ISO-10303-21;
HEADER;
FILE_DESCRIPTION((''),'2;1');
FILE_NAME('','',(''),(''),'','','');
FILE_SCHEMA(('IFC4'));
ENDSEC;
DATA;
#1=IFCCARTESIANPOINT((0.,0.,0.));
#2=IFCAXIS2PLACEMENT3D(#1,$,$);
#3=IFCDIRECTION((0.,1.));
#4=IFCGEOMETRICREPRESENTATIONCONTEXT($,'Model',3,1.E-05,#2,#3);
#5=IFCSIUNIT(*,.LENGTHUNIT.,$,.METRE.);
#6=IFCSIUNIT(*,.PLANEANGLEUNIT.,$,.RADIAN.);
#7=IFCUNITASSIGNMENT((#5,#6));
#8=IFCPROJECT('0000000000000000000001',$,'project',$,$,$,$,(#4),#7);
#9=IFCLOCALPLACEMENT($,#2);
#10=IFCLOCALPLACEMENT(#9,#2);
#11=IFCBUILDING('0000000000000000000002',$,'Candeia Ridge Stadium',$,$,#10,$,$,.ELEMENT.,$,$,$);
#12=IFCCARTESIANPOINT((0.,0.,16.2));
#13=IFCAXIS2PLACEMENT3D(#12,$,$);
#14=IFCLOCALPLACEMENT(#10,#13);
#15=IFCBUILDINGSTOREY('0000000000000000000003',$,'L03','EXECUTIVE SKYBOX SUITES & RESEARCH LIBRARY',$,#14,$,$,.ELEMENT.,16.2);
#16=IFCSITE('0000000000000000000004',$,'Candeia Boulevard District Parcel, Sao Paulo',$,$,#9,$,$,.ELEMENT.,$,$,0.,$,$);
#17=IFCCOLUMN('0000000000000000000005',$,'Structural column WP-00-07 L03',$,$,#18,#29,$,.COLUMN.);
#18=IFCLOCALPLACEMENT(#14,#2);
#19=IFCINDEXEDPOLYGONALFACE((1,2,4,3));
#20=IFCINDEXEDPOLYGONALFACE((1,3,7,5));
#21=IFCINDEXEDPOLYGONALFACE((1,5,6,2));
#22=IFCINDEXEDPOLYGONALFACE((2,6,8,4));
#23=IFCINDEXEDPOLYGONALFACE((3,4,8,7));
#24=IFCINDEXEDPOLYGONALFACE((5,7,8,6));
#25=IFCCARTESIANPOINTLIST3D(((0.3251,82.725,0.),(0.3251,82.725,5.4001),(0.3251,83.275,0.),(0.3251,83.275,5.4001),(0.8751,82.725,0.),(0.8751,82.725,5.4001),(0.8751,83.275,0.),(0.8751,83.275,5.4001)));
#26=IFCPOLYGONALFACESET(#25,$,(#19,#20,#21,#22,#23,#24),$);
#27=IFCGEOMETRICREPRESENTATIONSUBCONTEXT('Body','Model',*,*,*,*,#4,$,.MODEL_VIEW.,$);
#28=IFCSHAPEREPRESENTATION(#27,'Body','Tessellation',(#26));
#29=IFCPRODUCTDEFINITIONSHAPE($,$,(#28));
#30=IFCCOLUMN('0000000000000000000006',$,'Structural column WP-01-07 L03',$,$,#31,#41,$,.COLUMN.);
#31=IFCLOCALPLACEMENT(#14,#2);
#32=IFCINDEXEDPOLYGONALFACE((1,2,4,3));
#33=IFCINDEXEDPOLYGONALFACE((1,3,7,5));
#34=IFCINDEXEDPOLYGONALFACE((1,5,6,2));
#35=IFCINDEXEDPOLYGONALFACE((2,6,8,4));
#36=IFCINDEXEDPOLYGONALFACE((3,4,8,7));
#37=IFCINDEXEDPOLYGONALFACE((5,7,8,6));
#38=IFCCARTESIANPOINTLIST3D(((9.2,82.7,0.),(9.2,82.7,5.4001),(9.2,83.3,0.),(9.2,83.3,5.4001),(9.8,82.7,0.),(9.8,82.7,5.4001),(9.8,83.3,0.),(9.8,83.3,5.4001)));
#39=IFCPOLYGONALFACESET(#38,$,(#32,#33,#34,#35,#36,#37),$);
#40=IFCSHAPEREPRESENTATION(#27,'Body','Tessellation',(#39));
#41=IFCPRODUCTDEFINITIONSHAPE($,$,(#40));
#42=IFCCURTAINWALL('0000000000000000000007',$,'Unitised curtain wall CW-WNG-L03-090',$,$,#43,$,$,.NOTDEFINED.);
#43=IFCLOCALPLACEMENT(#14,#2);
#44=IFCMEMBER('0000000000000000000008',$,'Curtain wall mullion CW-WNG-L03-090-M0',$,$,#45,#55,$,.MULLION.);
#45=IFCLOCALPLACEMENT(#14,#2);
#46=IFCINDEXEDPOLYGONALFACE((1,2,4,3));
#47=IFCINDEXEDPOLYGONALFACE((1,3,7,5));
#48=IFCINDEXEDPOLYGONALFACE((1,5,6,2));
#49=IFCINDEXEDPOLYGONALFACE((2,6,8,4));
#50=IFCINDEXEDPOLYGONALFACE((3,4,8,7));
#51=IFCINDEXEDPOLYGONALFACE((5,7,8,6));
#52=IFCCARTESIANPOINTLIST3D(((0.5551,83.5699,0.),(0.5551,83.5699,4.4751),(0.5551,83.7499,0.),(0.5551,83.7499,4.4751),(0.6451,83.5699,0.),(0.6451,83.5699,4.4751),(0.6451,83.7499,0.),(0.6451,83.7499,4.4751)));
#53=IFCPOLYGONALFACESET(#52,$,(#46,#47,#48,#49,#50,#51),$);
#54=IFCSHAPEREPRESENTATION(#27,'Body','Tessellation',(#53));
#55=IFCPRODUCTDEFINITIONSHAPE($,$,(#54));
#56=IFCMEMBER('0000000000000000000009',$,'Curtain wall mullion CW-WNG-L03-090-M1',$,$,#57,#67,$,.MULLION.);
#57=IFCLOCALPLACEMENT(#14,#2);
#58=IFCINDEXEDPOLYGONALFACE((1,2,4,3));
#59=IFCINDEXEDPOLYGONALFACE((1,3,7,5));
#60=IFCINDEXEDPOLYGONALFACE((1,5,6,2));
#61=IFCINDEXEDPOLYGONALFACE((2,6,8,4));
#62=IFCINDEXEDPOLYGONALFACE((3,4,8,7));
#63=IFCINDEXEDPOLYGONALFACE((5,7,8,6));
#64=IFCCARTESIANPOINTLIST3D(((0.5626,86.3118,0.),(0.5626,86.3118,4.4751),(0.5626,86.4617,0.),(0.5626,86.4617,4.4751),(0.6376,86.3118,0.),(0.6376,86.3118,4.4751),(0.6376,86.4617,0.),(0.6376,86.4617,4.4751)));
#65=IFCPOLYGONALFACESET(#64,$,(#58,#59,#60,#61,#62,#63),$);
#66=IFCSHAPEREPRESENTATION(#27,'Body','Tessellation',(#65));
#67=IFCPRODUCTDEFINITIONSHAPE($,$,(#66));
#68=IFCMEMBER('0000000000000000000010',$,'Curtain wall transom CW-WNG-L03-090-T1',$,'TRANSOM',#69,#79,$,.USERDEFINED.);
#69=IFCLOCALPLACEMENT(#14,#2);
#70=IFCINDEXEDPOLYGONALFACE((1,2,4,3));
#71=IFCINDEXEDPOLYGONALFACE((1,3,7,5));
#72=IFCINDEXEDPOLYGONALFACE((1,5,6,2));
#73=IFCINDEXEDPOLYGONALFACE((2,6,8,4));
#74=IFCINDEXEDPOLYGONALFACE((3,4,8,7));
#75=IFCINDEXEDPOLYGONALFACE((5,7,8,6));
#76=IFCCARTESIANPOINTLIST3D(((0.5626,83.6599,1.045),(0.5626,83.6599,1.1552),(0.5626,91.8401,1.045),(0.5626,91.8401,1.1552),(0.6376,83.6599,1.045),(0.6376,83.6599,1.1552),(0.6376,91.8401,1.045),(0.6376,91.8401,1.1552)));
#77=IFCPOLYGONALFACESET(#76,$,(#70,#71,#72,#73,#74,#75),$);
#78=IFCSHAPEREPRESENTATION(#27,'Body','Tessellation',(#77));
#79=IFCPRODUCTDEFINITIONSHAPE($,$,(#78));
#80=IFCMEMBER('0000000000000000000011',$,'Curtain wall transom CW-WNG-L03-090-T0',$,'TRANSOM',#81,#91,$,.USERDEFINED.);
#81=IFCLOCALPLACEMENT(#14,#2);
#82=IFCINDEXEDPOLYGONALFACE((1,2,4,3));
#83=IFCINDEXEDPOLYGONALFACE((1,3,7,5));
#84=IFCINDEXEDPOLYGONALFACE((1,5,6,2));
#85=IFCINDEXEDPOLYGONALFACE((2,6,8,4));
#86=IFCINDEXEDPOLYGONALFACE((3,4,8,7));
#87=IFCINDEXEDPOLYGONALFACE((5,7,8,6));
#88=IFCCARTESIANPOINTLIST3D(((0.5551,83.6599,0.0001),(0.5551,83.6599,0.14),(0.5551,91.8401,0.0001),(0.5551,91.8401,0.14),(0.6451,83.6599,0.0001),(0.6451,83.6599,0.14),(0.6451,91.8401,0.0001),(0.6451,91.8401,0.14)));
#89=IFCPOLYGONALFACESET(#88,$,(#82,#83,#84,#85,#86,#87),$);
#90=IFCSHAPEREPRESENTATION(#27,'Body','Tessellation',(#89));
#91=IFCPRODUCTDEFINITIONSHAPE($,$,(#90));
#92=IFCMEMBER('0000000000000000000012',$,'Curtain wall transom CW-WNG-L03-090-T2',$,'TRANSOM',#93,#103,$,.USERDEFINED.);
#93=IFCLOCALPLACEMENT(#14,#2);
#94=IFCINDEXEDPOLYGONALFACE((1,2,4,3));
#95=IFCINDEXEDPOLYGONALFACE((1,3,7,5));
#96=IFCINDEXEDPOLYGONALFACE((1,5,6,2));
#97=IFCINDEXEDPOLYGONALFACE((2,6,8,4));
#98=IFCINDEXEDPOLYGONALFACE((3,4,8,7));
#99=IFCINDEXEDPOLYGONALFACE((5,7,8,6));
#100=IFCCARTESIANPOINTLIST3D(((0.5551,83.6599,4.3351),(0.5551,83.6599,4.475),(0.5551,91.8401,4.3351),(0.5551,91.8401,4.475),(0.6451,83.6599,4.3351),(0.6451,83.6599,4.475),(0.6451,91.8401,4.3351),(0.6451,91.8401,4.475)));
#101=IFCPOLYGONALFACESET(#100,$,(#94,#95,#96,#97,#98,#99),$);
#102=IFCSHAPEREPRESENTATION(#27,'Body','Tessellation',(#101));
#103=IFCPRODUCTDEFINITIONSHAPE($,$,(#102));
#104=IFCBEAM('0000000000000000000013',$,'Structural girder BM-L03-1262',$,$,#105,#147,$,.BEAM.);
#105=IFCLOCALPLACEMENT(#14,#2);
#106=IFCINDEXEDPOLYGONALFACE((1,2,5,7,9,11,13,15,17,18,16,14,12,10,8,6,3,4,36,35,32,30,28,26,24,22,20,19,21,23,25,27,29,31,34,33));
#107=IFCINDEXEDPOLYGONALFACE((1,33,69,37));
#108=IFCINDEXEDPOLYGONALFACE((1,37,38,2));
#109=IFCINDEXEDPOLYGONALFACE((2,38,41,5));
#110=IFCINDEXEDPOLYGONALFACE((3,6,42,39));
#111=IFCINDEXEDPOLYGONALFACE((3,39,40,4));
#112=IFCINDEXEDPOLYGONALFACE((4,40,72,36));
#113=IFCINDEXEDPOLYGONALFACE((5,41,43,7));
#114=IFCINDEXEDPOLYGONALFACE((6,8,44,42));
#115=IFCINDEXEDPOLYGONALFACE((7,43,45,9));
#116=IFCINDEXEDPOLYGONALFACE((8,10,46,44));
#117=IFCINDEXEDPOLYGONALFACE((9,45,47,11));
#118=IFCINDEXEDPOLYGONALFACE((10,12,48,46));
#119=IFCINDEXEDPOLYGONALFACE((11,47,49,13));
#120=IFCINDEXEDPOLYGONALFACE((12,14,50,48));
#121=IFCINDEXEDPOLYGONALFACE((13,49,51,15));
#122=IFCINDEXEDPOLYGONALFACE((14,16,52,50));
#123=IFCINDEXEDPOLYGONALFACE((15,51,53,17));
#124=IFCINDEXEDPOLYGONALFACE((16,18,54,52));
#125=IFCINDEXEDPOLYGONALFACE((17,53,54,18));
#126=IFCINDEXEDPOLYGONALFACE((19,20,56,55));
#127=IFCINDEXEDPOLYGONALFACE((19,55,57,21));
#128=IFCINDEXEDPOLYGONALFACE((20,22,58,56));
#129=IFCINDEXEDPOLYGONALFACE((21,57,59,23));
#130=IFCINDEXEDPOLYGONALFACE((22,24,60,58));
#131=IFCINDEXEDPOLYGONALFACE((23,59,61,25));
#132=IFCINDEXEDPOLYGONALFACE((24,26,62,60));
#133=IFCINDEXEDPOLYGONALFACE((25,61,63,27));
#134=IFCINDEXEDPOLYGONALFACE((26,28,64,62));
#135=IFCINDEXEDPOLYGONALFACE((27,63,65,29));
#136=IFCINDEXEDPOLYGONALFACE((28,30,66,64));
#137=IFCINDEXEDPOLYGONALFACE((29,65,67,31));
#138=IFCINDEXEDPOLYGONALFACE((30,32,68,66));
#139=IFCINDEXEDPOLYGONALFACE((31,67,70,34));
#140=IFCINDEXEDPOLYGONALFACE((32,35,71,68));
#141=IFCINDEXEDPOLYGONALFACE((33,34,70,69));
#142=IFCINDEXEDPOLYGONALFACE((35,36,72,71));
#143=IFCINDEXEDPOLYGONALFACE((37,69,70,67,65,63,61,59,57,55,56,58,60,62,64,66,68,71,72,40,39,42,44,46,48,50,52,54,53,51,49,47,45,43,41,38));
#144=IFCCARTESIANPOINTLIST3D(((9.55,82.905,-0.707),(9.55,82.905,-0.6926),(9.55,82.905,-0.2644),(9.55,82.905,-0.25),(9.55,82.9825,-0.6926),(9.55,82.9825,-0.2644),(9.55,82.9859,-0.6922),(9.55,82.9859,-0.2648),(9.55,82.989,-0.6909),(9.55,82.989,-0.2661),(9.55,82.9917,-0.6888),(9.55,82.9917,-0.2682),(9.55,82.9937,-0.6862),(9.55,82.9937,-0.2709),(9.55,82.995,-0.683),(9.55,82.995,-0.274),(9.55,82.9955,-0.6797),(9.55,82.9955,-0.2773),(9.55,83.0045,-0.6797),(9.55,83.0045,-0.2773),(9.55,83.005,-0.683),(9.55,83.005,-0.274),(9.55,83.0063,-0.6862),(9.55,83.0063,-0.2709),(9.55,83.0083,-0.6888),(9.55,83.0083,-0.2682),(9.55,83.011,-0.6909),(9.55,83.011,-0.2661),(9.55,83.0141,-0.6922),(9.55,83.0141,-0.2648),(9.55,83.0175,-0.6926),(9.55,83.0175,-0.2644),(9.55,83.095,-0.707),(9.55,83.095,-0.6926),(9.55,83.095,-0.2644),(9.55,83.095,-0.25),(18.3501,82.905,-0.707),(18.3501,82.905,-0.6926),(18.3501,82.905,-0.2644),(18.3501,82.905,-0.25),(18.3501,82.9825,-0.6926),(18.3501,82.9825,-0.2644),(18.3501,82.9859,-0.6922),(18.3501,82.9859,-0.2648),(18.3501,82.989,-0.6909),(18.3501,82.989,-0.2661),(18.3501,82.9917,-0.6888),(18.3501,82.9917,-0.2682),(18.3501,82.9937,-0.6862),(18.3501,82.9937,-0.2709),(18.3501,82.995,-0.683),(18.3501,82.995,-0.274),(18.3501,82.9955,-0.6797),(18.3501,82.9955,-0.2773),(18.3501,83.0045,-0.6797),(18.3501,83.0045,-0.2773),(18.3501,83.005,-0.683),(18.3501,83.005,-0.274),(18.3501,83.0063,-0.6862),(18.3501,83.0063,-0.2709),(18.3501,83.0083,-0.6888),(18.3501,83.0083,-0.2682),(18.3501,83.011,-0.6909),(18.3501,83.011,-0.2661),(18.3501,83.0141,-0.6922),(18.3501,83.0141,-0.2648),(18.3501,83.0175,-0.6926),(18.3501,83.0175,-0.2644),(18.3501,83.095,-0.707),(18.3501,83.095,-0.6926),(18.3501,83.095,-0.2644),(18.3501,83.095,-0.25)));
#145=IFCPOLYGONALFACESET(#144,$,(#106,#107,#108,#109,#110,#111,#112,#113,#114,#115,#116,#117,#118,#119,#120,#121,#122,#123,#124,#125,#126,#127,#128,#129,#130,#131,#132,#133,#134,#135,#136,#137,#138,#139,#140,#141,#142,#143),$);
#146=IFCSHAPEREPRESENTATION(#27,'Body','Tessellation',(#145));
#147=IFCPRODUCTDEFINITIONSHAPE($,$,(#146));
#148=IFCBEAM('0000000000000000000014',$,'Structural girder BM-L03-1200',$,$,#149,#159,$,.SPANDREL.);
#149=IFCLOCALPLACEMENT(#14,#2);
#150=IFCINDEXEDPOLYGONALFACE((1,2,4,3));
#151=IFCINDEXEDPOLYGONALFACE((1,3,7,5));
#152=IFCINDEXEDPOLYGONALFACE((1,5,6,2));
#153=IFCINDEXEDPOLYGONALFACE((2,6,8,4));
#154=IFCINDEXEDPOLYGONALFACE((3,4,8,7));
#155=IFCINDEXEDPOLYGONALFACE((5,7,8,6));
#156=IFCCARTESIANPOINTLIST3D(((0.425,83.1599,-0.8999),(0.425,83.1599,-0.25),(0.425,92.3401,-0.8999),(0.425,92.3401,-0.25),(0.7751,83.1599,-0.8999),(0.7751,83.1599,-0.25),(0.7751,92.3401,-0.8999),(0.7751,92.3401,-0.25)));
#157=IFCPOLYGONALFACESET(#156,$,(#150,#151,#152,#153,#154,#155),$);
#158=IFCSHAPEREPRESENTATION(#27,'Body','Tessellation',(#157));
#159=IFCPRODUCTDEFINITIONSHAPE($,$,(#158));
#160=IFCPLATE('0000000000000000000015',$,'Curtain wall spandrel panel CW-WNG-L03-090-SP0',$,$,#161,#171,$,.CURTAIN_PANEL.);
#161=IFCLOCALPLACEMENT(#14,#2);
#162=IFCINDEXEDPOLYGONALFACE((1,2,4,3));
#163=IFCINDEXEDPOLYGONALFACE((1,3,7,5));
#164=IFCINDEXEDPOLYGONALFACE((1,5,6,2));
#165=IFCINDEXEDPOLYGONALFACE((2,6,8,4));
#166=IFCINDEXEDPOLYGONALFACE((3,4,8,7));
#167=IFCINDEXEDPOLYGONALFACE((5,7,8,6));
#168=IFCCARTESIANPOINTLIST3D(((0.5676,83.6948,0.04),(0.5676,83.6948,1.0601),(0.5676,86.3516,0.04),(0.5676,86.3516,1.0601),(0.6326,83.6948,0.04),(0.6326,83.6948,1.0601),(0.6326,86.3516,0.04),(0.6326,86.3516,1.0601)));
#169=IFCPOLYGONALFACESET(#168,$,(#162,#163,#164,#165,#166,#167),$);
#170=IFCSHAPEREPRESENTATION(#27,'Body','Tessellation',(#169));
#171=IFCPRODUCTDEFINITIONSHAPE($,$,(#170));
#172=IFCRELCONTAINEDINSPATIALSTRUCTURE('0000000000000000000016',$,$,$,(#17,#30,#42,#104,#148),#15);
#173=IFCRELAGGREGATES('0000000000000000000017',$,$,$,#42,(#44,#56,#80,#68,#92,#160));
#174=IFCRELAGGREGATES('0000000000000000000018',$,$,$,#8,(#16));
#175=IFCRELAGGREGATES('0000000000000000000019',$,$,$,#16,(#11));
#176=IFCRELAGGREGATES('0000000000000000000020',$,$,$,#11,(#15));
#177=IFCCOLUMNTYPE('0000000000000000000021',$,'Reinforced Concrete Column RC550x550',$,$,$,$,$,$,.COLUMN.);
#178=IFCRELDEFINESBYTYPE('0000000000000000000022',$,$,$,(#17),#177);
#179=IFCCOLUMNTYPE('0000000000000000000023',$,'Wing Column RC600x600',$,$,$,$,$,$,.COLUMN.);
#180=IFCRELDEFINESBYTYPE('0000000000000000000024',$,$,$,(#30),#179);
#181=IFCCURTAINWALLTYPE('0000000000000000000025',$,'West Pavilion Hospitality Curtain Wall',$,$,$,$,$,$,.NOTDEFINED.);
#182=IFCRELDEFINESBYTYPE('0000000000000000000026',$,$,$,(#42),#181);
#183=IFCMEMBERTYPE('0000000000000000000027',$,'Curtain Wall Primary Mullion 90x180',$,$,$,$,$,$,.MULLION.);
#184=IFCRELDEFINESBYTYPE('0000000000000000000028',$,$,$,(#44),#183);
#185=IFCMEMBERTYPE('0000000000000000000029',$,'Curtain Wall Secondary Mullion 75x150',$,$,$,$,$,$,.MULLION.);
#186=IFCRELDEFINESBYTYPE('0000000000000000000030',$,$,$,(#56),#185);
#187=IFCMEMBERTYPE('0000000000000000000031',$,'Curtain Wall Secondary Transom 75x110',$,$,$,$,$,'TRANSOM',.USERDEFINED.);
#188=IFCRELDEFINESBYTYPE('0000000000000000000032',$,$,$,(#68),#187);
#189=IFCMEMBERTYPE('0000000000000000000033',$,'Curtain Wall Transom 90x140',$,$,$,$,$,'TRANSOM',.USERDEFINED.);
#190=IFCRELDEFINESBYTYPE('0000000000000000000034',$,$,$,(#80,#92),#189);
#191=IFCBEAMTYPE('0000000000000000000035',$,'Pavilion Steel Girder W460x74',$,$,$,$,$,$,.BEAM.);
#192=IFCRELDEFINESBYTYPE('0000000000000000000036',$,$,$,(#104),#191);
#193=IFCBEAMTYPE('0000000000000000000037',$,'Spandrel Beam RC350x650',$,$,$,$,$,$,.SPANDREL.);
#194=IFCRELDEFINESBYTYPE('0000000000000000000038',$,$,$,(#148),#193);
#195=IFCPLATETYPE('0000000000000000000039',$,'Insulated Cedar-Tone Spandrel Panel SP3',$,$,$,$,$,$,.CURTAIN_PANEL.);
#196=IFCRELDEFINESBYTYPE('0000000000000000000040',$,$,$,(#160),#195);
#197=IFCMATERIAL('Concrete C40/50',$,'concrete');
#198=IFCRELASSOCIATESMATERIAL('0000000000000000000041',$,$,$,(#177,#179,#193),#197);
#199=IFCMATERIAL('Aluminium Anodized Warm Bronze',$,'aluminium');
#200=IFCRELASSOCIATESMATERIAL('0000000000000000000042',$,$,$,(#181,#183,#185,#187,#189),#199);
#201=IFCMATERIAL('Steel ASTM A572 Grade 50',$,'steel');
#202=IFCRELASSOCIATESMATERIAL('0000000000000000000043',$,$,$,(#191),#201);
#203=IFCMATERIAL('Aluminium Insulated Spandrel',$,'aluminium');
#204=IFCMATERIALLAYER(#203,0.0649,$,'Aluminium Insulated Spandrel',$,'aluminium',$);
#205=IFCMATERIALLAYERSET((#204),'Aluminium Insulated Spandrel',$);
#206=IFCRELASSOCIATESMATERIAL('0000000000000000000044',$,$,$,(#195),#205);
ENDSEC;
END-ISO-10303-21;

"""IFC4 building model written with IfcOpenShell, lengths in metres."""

from ifc_helpers import new_model, si_unit, direction, frame, origin, origin_2d, place, context, subcontext, project, spatial, rectangle, i_section, extrude, material, layer, layer_set, material_profile, profile_set, type_object, element, aggregate, save


model = new_model("IFC4")

# Units and contexts
model_context = context("Model", 3, precision=1e-05, world=origin(), true_north=direction((0.0, 1.0)))
body_context = subcontext(model_context, "Body", "Model", "MODEL_VIEW")
ifc_project = project(units=[si_unit("LENGTHUNIT", "METRE"), si_unit("PLANEANGLEUNIT", "RADIAN")], contexts=[model_context])

# Site, building, storey
site_placement = place(None, origin())
site = spatial("IfcSite", under=ifc_project, at=site_placement, Name="Candeia Boulevard District Parcel, Sao Paulo", CompositionType="ELEMENT", RefElevation=0.0)
building_placement = place(site_placement, origin())
building = spatial("IfcBuilding", under=site, at=building_placement, Name="Candeia Ridge Stadium", CompositionType="ELEMENT")
storey_placement = place(building_placement, frame((0.0, 0.0, 16.2)))
storey = spatial("IfcBuildingStorey", under=building, at=storey_placement, Name="L03", Description="EXECUTIVE SKYBOX SUITES & RESEARCH LIBRARY", CompositionType="ELEMENT", Elevation=16.2)

# Columns
ifc_material_1 = material(Name="Concrete C40/50", Category="concrete")
ifc_material_profile_1 = material_profile(ifc_material_1, rectangle(XDim=0.55, YDim=0.55, at=origin_2d()), Name="RC550x550", Category="concrete")
ifc_profile_set_1 = profile_set([ifc_material_profile_1], Name="Concrete C40/50")
column_type_1 = type_object("IfcColumnType", Name="Reinforced Concrete Column RC550x550", PredefinedType="COLUMN", material=ifc_profile_set_1)
column_1_placement = place(storey_placement, frame((0.6001, 83.0, 0.0), z_axis=(0.0, 0.0, 1.0), x_axis=(1.0, 0.0, 0.0)))
element("IfcColumn", 1, at=column_1_placement, inside=storey, type_object=column_type_1, Name="Structural column WP-00-07 L03", PredefinedType="COLUMN", context=body_context, shape_type="SweptSolid", body=[
    extrude(rectangle(XDim=0.55, YDim=0.55, at=origin_2d()), origin(), (0.0, 0.0, 1.0), 5.4001),
])
ifc_material_profile_2 = material_profile(ifc_material_1, rectangle(XDim=0.6001, YDim=0.6001, at=origin_2d()), Name="RC600x600", Category="concrete")
ifc_profile_set_2 = profile_set([ifc_material_profile_2], Name="Concrete C40/50")
column_type_2 = type_object("IfcColumnType", Name="Wing Column RC600x600", PredefinedType="COLUMN", material=ifc_profile_set_2)
column_2_placement = place(storey_placement, frame((9.5, 83.0, 0.0), z_axis=(0.0, 0.0, 1.0), x_axis=(1.0, 0.0, 0.0)))
element("IfcColumn", 2, at=column_2_placement, inside=storey, type_object=column_type_2, Name="Structural column WP-01-07 L03", PredefinedType="COLUMN", context=body_context, shape_type="SweptSolid", body=[
    extrude(rectangle(XDim=0.6001, YDim=0.6001, at=origin_2d()), origin(), (0.0, 0.0, 1.0), 5.4001),
])

# Curtain wall, members
ifc_material_2 = material(Name="Aluminium Anodized Warm Bronze", Category="aluminium")
curtain_wall_type = type_object("IfcCurtainWallType", Name="West Pavilion Hospitality Curtain Wall", PredefinedType="NOTDEFINED", material=ifc_material_2)
curtain_wall_placement = place(storey_placement, origin())
curtain_wall = element("IfcCurtainWall", 3, at=curtain_wall_placement, inside=storey, type_object=curtain_wall_type, Name="Unitised curtain wall CW-WNG-L03-090", PredefinedType="NOTDEFINED")
ifc_material_profile_3 = material_profile(ifc_material_2, rectangle(XDim=0.0901, YDim=0.1799, at=origin_2d()), Name="CWM-90x180", Category="aluminium")
ifc_profile_set_3 = profile_set([ifc_material_profile_3], Name="Aluminium Anodized Warm Bronze")
member_type_1 = type_object("IfcMemberType", Name="Curtain Wall Primary Mullion 90x180", PredefinedType="MULLION", material=ifc_profile_set_3)
member_1_placement = place(storey_placement, frame((0.6001, 83.6599, 0.0), z_axis=(0.0, 0.0, 1.0), x_axis=(1.0, 0.0, 0.0)))
member_1 = element("IfcMember", 4, at=member_1_placement, type_object=member_type_1, Name="Curtain wall mullion CW-WNG-L03-090-M0", PredefinedType="MULLION", context=body_context, shape_type="SweptSolid", body=[
    extrude(rectangle(XDim=0.0901, YDim=0.1799, at=origin_2d()), origin(), (0.0, 0.0, 1.0), 4.4751),
])
ifc_material_profile_4 = material_profile(ifc_material_2, rectangle(XDim=0.075, YDim=0.1499, at=origin_2d()), Name="CWM-75x150", Category="aluminium")
ifc_profile_set_4 = profile_set([ifc_material_profile_4], Name="Aluminium Anodized Warm Bronze")
member_type_2 = type_object("IfcMemberType", Name="Curtain Wall Secondary Mullion 75x150", PredefinedType="MULLION", material=ifc_profile_set_4)
member_2_placement = place(storey_placement, frame((0.6001, 86.3867, 0.0), z_axis=(0.0, 0.0, 1.0), x_axis=(1.0, 0.0, 0.0)))
member_2 = element("IfcMember", 5, at=member_2_placement, type_object=member_type_2, Name="Curtain wall mullion CW-WNG-L03-090-M1", PredefinedType="MULLION", context=body_context, shape_type="SweptSolid", body=[
    extrude(rectangle(XDim=0.075, YDim=0.1499, at=origin_2d()), origin(), (0.0, 0.0, 1.0), 4.4751),
])
ifc_material_profile_5 = material_profile(ifc_material_2, rectangle(XDim=0.075, YDim=0.1101, at=origin_2d()), Name="CWT-75x110", Category="aluminium")
ifc_profile_set_5 = profile_set([ifc_material_profile_5], Name="Aluminium Anodized Warm Bronze")
member_type_3 = type_object("IfcMemberType", Name="Curtain Wall Secondary Transom 75x110", ElementType="TRANSOM", PredefinedType="USERDEFINED", material=ifc_profile_set_5)
member_3_placement = place(storey_placement, frame((0.6001, 83.6599, 1.1001), z_axis=(0.0, 1.0, 0.0), x_axis=(-1.0, 0.0, 0.0)))
member_3 = element("IfcMember", 6, at=member_3_placement, type_object=member_type_3, Name="Curtain wall transom CW-WNG-L03-090-T1", ObjectType="TRANSOM", PredefinedType="USERDEFINED", context=body_context, shape_type="SweptSolid", body=[
    extrude(rectangle(XDim=0.075, YDim=0.1101, at=origin_2d()), origin(), (0.0, 0.0, 1.0), 8.1802),
])
ifc_material_profile_6 = material_profile(ifc_material_2, rectangle(XDim=0.0901, YDim=0.1399, at=origin_2d()), Name="CWT-90x140", Category="aluminium")
ifc_profile_set_6 = profile_set([ifc_material_profile_6], Name="Aluminium Anodized Warm Bronze")
member_type_4 = type_object("IfcMemberType", Name="Curtain Wall Transom 90x140", ElementType="TRANSOM", PredefinedType="USERDEFINED", material=ifc_profile_set_6)
member_4_placement = place(storey_placement, frame((0.6001, 83.6599, 0.0701), z_axis=(0.0, 1.0, 0.0), x_axis=(-1.0, 0.0, 0.0)))
member_4 = element("IfcMember", 7, at=member_4_placement, type_object=member_type_4, Name="Curtain wall transom CW-WNG-L03-090-T0", ObjectType="TRANSOM", PredefinedType="USERDEFINED", context=body_context, shape_type="SweptSolid", body=[
    extrude(rectangle(XDim=0.0901, YDim=0.1399, at=origin_2d()), origin(), (0.0, 0.0, 1.0), 8.1802),
])
member_5_placement = place(storey_placement, frame((0.6001, 83.6599, 4.405), z_axis=(0.0, 1.0, 0.0), x_axis=(-1.0, 0.0, 0.0)))
member_5 = element("IfcMember", 8, at=member_5_placement, type_object=member_type_4, Name="Curtain wall transom CW-WNG-L03-090-T2", ObjectType="TRANSOM", PredefinedType="USERDEFINED", context=body_context, shape_type="SweptSolid", body=[
    extrude(rectangle(XDim=0.0901, YDim=0.1399, at=origin_2d()), origin(), (0.0, 0.0, 1.0), 8.1802),
])

# Beams
ifc_material_3 = material(Name="Steel ASTM A572 Grade 50", Category="steel")
ifc_material_profile_7 = material_profile(ifc_material_3, i_section(OverallWidth=0.1899, OverallDepth=0.457, WebThickness=0.009, FlangeThickness=0.0144, FilletRadius=0.0129, at=origin_2d()), Name="W460x74", Category="steel")
ifc_profile_set_7 = profile_set([ifc_material_profile_7], Name="Steel ASTM A572 Grade 50")
beam_type_1 = type_object("IfcBeamType", Name="Pavilion Steel Girder W460x74", PredefinedType="BEAM", material=ifc_profile_set_7)
beam_1_placement = place(storey_placement, frame((9.55, 83.0, -0.4785), z_axis=(1.0, 0.0, 0.0), x_axis=(0.0, 1.0, 0.0)))
element("IfcBeam", 9, at=beam_1_placement, inside=storey, type_object=beam_type_1, Name="Structural girder BM-L03-1262", PredefinedType="BEAM", context=body_context, shape_type="SweptSolid", body=[
    extrude(i_section(OverallWidth=0.1899, OverallDepth=0.457, WebThickness=0.009, FlangeThickness=0.0144, FilletRadius=0.0129, at=origin_2d()), origin(), (0.0, 0.0, 1.0), 8.8),
])
ifc_material_profile_8 = material_profile(ifc_material_1, rectangle(XDim=0.3501, YDim=0.6499, at=origin_2d()), Name="RC350x650", Category="concrete")
ifc_profile_set_8 = profile_set([ifc_material_profile_8], Name="Concrete C40/50")
beam_type_2 = type_object("IfcBeamType", Name="Spandrel Beam RC350x650", PredefinedType="SPANDREL", material=ifc_profile_set_8)
beam_2_placement = place(storey_placement, frame((0.6001, 83.1599, -0.575), z_axis=(0.0, 1.0, 0.0), x_axis=(-1.0, 0.0, 0.0)))
element("IfcBeam", 10, at=beam_2_placement, inside=storey, type_object=beam_type_2, Name="Structural girder BM-L03-1200", PredefinedType="SPANDREL", context=body_context, shape_type="SweptSolid", body=[
    extrude(rectangle(XDim=0.3501, YDim=0.6499, at=origin_2d()), origin(), (0.0, 0.0, 1.0), 9.1802),
])

# Plate
ifc_material_4 = material(Name="Aluminium Insulated Spandrel", Category="aluminium")
ifc_layer_1 = layer(ifc_material_4, 0.0649, Name="Aluminium Insulated Spandrel", Category="aluminium")
ifc_layer_set_1 = layer_set([ifc_layer_1], Name="Aluminium Insulated Spandrel")
plate_type_1 = type_object("IfcPlateType", Name="Insulated Cedar-Tone Spandrel Panel SP3", PredefinedType="CURTAIN_PANEL", material=ifc_layer_set_1)
plate_1_placement = place(storey_placement, frame((0.6001, 85.0232, 0.04), z_axis=(0.0, 0.0, 1.0), x_axis=(0.0, 1.0, 0.0)))
plate_1 = element("IfcPlate", 11, at=plate_1_placement, type_object=plate_type_1, Name="Curtain wall spandrel panel CW-WNG-L03-090-SP0", PredefinedType="CURTAIN_PANEL", context=body_context, shape_type="SweptSolid", body=[
    extrude(rectangle(XDim=2.6567, YDim=0.0649, at=origin_2d()), origin(), (0.0, 0.0, 1.0), 1.02),
])
aggregate(curtain_wall, [member_1, member_2, member_4, member_3, member_5, plate_1])

save(model, "model.ifc")
